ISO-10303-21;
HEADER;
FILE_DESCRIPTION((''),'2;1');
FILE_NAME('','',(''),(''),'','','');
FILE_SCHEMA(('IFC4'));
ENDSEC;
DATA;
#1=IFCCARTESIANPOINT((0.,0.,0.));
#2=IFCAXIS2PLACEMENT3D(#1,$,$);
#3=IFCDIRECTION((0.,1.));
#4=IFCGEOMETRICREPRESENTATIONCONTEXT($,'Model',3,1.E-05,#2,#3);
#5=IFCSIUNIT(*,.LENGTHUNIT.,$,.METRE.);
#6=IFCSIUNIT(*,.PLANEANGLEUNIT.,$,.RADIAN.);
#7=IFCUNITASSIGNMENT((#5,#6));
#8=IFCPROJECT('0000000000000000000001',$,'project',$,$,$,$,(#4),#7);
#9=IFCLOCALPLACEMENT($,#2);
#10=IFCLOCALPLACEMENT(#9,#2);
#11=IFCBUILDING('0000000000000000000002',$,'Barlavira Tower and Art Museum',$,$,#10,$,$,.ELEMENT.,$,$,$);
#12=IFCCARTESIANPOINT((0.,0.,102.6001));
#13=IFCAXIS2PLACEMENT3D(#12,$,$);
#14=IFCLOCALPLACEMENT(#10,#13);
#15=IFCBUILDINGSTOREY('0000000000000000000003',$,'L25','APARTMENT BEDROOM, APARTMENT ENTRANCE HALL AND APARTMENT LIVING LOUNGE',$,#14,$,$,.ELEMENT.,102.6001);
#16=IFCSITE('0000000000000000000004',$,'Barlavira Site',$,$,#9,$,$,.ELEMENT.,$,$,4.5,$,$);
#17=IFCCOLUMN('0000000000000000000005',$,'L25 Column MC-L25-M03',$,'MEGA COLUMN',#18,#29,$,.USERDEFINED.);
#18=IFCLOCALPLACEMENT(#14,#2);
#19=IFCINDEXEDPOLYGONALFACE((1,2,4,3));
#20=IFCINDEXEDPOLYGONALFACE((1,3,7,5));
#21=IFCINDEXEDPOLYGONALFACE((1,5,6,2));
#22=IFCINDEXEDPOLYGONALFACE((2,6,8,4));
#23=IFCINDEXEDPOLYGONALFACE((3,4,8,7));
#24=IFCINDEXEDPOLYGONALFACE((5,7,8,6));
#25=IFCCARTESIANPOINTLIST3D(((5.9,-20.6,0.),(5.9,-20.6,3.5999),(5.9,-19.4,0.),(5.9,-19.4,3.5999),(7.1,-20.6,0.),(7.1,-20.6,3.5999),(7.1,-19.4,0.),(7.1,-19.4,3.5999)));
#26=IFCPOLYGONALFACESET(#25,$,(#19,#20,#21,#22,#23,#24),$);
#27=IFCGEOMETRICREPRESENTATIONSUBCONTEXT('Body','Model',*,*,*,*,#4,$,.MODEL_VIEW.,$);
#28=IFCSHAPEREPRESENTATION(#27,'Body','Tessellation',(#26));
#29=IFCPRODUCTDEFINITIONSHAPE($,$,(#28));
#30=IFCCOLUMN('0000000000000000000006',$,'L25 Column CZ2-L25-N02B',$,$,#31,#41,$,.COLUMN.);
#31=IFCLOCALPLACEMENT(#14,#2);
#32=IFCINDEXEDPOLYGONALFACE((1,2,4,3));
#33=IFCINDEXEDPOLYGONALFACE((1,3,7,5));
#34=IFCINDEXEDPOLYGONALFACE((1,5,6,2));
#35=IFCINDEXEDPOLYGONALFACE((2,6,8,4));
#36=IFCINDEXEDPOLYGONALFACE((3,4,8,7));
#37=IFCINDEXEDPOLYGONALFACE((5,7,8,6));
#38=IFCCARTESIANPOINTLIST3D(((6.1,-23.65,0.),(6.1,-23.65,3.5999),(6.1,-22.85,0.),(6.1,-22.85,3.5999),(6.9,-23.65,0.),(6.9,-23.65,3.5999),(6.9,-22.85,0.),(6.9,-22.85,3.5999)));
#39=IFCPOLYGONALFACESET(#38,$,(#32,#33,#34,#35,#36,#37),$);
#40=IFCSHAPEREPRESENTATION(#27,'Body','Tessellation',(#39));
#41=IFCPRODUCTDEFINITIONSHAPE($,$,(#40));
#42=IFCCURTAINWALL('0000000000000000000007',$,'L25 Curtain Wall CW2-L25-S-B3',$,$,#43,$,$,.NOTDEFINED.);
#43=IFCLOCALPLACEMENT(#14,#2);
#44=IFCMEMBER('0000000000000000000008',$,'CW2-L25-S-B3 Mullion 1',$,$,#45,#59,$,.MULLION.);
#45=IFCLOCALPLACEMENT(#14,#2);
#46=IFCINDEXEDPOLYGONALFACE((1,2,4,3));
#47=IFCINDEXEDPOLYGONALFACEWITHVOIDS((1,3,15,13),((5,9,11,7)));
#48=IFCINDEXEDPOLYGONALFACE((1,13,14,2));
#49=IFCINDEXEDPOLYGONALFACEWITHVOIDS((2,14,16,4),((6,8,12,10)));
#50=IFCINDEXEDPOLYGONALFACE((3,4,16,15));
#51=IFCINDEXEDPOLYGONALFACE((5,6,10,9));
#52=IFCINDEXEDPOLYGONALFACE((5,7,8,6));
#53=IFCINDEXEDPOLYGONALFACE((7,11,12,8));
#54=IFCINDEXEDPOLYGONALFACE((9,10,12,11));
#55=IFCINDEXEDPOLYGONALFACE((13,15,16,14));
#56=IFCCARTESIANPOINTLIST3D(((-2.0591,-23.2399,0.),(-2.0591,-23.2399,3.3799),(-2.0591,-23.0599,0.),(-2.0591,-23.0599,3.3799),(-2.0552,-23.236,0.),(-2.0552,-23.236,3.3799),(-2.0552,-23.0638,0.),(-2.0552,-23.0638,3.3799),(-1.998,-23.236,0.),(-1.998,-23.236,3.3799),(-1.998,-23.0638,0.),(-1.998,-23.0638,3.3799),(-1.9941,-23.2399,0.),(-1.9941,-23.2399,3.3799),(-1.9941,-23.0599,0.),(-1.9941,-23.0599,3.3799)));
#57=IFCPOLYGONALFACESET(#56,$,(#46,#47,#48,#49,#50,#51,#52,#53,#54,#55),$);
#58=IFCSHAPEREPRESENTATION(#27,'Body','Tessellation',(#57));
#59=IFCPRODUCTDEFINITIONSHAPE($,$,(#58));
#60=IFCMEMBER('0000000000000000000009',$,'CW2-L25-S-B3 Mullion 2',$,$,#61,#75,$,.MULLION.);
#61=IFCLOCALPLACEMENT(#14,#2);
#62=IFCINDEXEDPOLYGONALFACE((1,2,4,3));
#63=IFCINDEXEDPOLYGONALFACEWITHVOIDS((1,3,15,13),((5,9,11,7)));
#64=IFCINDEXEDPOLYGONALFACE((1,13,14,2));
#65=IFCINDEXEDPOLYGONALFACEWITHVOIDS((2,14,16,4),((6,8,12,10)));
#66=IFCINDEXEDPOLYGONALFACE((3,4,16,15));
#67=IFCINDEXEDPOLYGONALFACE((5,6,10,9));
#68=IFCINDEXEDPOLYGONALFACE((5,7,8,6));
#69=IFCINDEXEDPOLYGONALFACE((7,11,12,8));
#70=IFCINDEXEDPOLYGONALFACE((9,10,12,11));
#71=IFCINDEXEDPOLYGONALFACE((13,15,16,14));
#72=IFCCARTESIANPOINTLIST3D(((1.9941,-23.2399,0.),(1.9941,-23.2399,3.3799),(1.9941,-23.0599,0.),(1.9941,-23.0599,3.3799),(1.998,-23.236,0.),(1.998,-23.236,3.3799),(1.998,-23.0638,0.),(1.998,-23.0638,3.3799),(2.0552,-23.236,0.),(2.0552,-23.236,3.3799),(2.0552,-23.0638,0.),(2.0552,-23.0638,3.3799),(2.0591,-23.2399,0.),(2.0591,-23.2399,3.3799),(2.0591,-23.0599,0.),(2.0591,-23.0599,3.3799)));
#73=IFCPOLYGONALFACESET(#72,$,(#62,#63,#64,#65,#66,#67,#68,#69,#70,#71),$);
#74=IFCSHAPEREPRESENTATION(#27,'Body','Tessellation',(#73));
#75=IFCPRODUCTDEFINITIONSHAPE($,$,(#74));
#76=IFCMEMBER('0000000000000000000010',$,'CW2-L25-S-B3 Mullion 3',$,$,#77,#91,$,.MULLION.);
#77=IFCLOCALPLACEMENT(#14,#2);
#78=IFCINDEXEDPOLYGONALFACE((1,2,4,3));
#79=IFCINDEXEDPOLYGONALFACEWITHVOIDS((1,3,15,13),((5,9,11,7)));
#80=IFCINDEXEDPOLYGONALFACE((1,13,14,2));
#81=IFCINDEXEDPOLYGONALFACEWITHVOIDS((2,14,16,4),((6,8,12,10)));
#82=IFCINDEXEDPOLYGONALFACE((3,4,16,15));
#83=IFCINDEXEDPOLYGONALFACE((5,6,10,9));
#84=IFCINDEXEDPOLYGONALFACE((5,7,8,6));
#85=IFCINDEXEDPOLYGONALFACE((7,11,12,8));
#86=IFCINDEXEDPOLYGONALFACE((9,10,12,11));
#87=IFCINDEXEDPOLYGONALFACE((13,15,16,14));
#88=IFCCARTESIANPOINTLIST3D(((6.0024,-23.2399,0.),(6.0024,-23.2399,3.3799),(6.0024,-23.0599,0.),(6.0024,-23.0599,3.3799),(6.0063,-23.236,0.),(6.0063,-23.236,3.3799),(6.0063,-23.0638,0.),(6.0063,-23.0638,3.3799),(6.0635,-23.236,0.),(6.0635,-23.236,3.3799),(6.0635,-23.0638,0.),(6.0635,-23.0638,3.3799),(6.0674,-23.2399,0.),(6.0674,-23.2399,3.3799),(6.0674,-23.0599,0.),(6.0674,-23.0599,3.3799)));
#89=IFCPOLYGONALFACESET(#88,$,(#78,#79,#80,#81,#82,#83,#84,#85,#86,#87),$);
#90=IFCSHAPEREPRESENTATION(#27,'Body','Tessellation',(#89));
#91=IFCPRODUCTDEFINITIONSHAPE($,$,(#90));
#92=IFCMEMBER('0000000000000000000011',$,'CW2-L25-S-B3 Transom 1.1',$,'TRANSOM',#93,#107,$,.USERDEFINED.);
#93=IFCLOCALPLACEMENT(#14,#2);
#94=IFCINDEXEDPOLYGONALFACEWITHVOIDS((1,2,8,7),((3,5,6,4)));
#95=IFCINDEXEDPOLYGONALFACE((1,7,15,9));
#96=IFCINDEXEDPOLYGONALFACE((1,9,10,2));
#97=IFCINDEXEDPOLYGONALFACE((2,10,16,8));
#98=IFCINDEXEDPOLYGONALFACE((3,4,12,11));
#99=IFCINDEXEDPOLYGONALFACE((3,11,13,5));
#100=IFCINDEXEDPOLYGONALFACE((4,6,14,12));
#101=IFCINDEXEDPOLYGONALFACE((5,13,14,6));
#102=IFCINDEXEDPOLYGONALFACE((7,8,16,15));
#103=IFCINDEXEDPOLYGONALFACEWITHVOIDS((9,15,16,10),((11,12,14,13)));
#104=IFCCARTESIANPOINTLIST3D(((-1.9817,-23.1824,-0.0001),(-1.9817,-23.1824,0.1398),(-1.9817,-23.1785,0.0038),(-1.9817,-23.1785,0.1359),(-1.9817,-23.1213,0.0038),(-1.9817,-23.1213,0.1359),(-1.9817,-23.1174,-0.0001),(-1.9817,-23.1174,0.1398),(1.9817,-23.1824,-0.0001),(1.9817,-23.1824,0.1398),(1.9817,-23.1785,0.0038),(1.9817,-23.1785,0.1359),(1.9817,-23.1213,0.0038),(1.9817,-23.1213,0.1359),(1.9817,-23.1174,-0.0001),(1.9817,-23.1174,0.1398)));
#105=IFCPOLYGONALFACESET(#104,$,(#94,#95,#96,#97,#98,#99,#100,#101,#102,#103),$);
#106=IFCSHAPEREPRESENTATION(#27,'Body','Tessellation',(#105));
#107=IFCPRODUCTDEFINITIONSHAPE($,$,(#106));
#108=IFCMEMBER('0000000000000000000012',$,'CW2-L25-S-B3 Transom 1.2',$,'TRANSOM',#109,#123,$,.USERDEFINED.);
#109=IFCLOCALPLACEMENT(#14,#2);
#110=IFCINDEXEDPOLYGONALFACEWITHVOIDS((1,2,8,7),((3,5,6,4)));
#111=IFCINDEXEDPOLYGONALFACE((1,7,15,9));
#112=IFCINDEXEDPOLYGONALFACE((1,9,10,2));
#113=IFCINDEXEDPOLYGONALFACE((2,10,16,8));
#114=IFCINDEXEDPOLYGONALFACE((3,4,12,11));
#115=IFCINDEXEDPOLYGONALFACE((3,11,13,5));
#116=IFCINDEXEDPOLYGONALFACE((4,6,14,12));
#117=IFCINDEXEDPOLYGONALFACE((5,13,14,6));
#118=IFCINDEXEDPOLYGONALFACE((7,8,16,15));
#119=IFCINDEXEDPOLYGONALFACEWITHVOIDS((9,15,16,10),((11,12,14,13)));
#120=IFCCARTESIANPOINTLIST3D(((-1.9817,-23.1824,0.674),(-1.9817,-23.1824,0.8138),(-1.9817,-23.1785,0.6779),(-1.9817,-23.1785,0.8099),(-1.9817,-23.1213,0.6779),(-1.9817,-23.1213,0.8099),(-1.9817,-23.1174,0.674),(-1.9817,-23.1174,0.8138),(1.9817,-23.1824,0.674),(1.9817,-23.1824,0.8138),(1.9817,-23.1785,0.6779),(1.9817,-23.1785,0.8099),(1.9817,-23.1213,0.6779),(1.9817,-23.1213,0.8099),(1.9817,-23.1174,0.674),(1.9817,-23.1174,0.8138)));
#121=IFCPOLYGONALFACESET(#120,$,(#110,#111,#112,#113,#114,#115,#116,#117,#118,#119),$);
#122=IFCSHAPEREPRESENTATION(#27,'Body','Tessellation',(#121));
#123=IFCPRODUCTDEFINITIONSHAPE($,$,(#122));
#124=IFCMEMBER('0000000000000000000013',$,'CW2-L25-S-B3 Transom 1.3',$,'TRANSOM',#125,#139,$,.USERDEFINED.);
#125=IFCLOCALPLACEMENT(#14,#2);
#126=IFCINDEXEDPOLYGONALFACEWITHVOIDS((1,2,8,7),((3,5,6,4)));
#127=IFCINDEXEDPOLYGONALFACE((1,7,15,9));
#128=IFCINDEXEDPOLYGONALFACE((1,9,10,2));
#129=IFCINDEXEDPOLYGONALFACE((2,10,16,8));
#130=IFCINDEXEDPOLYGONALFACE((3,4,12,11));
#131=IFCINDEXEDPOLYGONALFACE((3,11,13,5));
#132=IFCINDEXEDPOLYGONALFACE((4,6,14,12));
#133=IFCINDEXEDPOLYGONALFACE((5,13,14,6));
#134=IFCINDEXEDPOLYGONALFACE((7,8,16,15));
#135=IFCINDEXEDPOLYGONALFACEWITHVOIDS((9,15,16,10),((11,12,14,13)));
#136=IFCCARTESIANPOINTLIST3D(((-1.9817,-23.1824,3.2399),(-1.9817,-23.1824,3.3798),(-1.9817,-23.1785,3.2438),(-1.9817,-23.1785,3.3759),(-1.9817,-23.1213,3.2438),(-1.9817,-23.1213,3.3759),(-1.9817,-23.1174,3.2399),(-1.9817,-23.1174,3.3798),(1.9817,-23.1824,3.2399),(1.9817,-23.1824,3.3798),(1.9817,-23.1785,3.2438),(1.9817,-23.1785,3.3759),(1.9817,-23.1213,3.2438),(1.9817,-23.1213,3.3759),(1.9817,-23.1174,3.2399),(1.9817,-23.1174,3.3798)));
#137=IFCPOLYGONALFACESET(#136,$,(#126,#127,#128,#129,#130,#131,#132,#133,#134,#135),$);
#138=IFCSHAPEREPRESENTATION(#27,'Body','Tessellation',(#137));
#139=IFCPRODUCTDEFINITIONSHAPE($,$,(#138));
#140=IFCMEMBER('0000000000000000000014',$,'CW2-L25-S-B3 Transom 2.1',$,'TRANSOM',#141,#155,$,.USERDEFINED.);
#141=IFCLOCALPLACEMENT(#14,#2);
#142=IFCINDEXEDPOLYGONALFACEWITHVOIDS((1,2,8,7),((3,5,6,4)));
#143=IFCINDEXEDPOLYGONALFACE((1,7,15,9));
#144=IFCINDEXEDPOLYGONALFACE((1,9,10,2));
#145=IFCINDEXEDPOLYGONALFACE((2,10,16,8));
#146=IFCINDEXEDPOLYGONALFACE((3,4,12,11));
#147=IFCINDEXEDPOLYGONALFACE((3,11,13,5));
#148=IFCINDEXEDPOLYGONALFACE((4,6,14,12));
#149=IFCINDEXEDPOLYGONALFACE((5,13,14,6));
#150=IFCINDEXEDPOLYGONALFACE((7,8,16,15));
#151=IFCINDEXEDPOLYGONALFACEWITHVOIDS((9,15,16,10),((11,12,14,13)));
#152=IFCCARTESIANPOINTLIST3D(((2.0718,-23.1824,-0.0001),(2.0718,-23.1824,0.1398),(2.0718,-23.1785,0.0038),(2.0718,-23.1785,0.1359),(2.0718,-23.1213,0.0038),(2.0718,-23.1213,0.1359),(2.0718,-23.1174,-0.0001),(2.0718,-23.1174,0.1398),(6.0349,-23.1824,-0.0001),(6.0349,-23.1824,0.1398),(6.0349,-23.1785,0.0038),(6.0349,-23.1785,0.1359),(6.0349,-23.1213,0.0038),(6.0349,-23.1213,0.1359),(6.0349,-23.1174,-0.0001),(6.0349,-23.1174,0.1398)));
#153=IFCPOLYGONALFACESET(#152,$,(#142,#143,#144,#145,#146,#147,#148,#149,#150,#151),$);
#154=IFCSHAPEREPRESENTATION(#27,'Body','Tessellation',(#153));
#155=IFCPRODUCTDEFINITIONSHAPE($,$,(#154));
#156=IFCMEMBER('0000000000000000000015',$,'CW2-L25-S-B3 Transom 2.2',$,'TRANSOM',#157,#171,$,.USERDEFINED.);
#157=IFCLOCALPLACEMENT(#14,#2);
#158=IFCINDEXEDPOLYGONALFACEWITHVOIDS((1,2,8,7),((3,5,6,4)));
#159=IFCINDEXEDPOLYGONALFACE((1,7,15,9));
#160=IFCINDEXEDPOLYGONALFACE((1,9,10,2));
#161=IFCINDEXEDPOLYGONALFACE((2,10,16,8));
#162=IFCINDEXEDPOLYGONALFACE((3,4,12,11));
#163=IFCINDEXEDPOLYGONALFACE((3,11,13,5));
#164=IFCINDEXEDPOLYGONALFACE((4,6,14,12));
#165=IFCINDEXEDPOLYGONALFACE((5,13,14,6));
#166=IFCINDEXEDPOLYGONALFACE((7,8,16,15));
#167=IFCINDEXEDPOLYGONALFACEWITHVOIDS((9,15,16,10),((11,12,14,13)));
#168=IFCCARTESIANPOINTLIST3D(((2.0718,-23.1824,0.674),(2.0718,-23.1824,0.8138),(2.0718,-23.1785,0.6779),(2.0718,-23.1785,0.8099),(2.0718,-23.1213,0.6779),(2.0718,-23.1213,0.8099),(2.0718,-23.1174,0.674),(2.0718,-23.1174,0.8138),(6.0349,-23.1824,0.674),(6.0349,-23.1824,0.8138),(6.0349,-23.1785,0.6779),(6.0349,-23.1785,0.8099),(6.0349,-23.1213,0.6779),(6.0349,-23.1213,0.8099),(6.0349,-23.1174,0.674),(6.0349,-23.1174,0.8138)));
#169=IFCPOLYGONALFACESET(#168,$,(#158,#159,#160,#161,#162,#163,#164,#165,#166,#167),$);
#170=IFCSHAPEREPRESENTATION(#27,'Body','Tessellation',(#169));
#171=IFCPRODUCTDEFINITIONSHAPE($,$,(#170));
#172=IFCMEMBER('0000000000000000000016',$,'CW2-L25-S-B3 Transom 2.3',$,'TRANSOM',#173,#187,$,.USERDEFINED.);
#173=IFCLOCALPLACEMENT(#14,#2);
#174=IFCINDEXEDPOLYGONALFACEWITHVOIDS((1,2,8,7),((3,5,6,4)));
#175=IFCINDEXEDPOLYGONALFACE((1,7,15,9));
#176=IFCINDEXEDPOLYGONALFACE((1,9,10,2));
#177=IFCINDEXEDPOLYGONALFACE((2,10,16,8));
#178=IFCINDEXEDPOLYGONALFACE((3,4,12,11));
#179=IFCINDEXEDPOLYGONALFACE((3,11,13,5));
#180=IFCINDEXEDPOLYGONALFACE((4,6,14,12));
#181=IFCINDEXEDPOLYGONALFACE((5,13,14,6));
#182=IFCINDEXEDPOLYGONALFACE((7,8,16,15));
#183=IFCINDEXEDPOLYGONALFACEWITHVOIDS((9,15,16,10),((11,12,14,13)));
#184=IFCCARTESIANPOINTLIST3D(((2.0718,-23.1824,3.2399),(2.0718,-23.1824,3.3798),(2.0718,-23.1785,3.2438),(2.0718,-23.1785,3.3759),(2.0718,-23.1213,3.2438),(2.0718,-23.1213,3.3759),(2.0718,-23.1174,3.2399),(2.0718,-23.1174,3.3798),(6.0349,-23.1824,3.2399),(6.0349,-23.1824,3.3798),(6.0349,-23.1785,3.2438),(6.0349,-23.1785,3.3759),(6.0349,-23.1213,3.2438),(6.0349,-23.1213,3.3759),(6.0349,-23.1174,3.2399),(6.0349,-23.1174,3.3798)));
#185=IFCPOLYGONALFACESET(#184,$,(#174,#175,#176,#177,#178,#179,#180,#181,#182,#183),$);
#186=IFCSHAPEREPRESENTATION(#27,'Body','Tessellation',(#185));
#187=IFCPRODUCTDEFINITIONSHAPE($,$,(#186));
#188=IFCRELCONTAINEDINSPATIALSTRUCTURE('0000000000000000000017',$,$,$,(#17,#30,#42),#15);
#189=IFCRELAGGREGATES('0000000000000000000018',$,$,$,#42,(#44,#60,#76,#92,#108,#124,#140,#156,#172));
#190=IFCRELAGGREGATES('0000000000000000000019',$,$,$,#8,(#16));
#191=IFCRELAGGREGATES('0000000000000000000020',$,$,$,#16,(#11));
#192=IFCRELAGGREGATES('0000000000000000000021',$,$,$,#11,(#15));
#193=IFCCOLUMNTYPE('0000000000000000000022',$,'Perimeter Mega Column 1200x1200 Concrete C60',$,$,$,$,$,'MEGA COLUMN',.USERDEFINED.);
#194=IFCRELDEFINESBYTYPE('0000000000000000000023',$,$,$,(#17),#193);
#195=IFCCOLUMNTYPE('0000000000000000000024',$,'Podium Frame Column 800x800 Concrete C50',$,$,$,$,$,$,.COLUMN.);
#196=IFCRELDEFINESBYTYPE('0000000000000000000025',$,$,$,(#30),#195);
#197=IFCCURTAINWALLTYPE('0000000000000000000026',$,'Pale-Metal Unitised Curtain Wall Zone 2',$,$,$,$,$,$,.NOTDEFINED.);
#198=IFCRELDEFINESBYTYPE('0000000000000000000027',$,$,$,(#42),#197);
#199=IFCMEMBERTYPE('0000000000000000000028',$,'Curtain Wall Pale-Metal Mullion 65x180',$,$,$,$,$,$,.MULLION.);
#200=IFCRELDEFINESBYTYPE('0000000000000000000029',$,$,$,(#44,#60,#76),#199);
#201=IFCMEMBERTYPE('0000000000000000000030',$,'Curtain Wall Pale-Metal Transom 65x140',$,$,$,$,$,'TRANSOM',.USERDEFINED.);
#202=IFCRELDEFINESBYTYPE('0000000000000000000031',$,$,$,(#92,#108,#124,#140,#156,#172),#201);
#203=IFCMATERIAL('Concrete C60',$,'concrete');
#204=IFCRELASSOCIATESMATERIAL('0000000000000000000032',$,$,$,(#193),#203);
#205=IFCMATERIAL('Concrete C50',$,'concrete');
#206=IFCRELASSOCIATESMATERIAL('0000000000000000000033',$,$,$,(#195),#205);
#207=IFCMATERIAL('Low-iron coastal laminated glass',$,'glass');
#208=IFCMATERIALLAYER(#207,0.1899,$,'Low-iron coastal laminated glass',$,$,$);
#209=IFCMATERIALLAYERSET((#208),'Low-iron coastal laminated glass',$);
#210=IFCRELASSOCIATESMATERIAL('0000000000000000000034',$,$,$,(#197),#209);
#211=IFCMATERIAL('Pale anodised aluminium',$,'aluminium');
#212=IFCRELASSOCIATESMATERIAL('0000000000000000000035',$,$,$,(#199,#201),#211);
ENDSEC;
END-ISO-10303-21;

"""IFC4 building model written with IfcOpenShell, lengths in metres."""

from ifc_helpers import new_model, si_unit, direction, frame, origin, origin_2d, place, context, subcontext, project, spatial, rectangle, hollow_rectangle, extrude, material, layer, layer_set, material_profile, profile_set, type_object, element, aggregate, save


model = new_model("IFC4")

# Units and contexts
model_context = context("Model", 3, precision=1e-05, world=origin(), true_north=direction((0.0, 1.0)))
body_context = subcontext(model_context, "Body", "Model", "MODEL_VIEW")
ifc_project = project(units=[si_unit("LENGTHUNIT", "METRE"), si_unit("PLANEANGLEUNIT", "RADIAN")], contexts=[model_context])

# Site, building, storey
site_placement = place(None, origin())
site = spatial("IfcSite", under=ifc_project, at=site_placement, Name="Barlavira Site", CompositionType="ELEMENT", RefElevation=4.5)
building_placement = place(site_placement, origin())
building = spatial("IfcBuilding", under=site, at=building_placement, Name="Barlavira Tower and Art Museum", CompositionType="ELEMENT")
storey_placement = place(building_placement, frame((0.0, 0.0, 102.6001)))
storey = spatial("IfcBuildingStorey", under=building, at=storey_placement, Name="L25", Description="APARTMENT BEDROOM, APARTMENT ENTRANCE HALL AND APARTMENT LIVING LOUNGE", CompositionType="ELEMENT", Elevation=102.6001)

# Columns
ifc_material_1 = material(Name="Concrete C60", Category="concrete")
ifc_material_profile_1 = material_profile(ifc_material_1, rectangle(XDim=1.2, YDim=1.2, at=origin_2d()), Name="RC-COL 1200x1200")
ifc_profile_set_1 = profile_set([ifc_material_profile_1], Name="Concrete C60")
column_type_1 = type_object("IfcColumnType", Name="Perimeter Mega Column 1200x1200 Concrete C60", ElementType="MEGA COLUMN", PredefinedType="USERDEFINED", material=ifc_profile_set_1)
column_1_placement = place(storey_placement, frame((6.5, -20.0, 0.0), z_axis=(0.0, 0.0, 1.0), x_axis=(1.0, 0.0, 0.0)))
element("IfcColumn", 1, at=column_1_placement, inside=storey, type_object=column_type_1, Name="L25 Column MC-L25-M03", ObjectType="MEGA COLUMN", PredefinedType="USERDEFINED", context=body_context, shape_type="SweptSolid", body=[
    extrude(rectangle(XDim=1.2, YDim=1.2, at=origin_2d()), origin(), (0.0, 0.0, 1.0), 3.5999),
])
ifc_material_2 = material(Name="Concrete C50", Category="concrete")
ifc_material_profile_2 = material_profile(ifc_material_2, rectangle(XDim=0.8, YDim=0.8, at=origin_2d()), Name="RC-COL 800x800")
ifc_profile_set_2 = profile_set([ifc_material_profile_2], Name="Concrete C50")
column_type_2 = type_object("IfcColumnType", Name="Podium Frame Column 800x800 Concrete C50", PredefinedType="COLUMN", material=ifc_profile_set_2)
column_2_placement = place(storey_placement, frame((6.5, -23.25, 0.0), z_axis=(0.0, 0.0, 1.0), x_axis=(1.0, 0.0, 0.0)))
element("IfcColumn", 2, at=column_2_placement, inside=storey, type_object=column_type_2, Name="L25 Column CZ2-L25-N02B", PredefinedType="COLUMN", context=body_context, shape_type="SweptSolid", body=[
    extrude(rectangle(XDim=0.8, YDim=0.8, at=origin_2d()), origin(), (0.0, 0.0, 1.0), 3.5999),
])

# Curtain wall, members
ifc_material_3 = material(Name="Low-iron coastal laminated glass", Category="glass")
ifc_layer_1 = layer(ifc_material_3, 0.1899, Name="Low-iron coastal laminated glass")
ifc_layer_set_1 = layer_set([ifc_layer_1], Name="Low-iron coastal laminated glass")
curtain_wall_type = type_object("IfcCurtainWallType", Name="Pale-Metal Unitised Curtain Wall Zone 2", PredefinedType="NOTDEFINED", material=ifc_layer_set_1)
curtain_wall_placement = place(storey_placement, origin())
curtain_wall = element("IfcCurtainWall", 3, at=curtain_wall_placement, inside=storey, type_object=curtain_wall_type, Name="L25 Curtain Wall CW2-L25-S-B3", PredefinedType="NOTDEFINED")
ifc_material_4 = material(Name="Pale anodised aluminium", Category="aluminium")
ifc_material_profile_3 = material_profile(ifc_material_4, hollow_rectangle(XDim=0.0649, YDim=0.1799, WallThickness=0.0039, at=origin_2d()), Name="ALU-MULL 65x180x4")
ifc_profile_set_3 = profile_set([ifc_material_profile_3], Name="Pale anodised aluminium")
member_type_1 = type_object("IfcMemberType", Name="Curtain Wall Pale-Metal Mullion 65x180", PredefinedType="MULLION", material=ifc_profile_set_3)
member_1_placement = place(storey_placement, frame((-2.0266, -23.1499, 0.0), z_axis=(0.0, 0.0, 1.0), x_axis=(1.0, 0.0, 0.0)))
member_1 = element("IfcMember", 4, at=member_1_placement, type_object=member_type_1, Name="CW2-L25-S-B3 Mullion 1", PredefinedType="MULLION", context=body_context, shape_type="SweptSolid", body=[
    extrude(hollow_rectangle(XDim=0.0649, YDim=0.1799, WallThickness=0.0039, at=origin_2d()), origin(), (0.0, 0.0, 1.0), 3.3799),
])
member_2_placement = place(storey_placement, frame((2.0266, -23.1499, 0.0), z_axis=(0.0, 0.0, 1.0), x_axis=(1.0, 0.0, 0.0)))
member_2 = element("IfcMember", 5, at=member_2_placement, type_object=member_type_1, Name="CW2-L25-S-B3 Mullion 2", PredefinedType="MULLION", context=body_context, shape_type="SweptSolid", body=[
    extrude(hollow_rectangle(XDim=0.0649, YDim=0.1799, WallThickness=0.0039, at=origin_2d()), origin(), (0.0, 0.0, 1.0), 3.3799),
])
member_3_placement = place(storey_placement, frame((6.0349, -23.1499, 0.0), z_axis=(0.0, 0.0, 1.0), x_axis=(1.0, 0.0, 0.0)))
member_3 = element("IfcMember", 6, at=member_3_placement, type_object=member_type_1, Name="CW2-L25-S-B3 Mullion 3", PredefinedType="MULLION", context=body_context, shape_type="SweptSolid", body=[
    extrude(hollow_rectangle(XDim=0.0649, YDim=0.1799, WallThickness=0.0039, at=origin_2d()), origin(), (0.0, 0.0, 1.0), 3.3799),
])
ifc_material_profile_4 = material_profile(ifc_material_4, hollow_rectangle(XDim=0.0649, YDim=0.1399, WallThickness=0.0039, at=origin_2d()), Name="ALU-TRAN 65x140x4")
ifc_profile_set_4 = profile_set([ifc_material_profile_4], Name="Pale anodised aluminium")
member_type_2 = type_object("IfcMemberType", Name="Curtain Wall Pale-Metal Transom 65x140", ElementType="TRANSOM", PredefinedType="USERDEFINED", material=ifc_profile_set_4)
member_4_placement = place(storey_placement, frame((-1.9817, -23.1499, 0.0698), z_axis=(1.0, 0.0, 0.0), x_axis=(0.0, 1.0, 0.0)))
member_4 = element("IfcMember", 7, at=member_4_placement, type_object=member_type_2, Name="CW2-L25-S-B3 Transom 1.1", ObjectType="TRANSOM", PredefinedType="USERDEFINED", context=body_context, shape_type="SweptSolid", body=[
    extrude(hollow_rectangle(XDim=0.0649, YDim=0.1399, WallThickness=0.0039, at=origin_2d()), origin(), (0.0, 0.0, 1.0), 3.9634),
])
member_5_placement = place(storey_placement, frame((-1.9817, -23.1499, 0.7439), z_axis=(1.0, 0.0, 0.0), x_axis=(0.0, 1.0, 0.0)))
member_5 = element("IfcMember", 8, at=member_5_placement, type_object=member_type_2, Name="CW2-L25-S-B3 Transom 1.2", ObjectType="TRANSOM", PredefinedType="USERDEFINED", context=body_context, shape_type="SweptSolid", body=[
    extrude(hollow_rectangle(XDim=0.0649, YDim=0.1399, WallThickness=0.0039, at=origin_2d()), origin(), (0.0, 0.0, 1.0), 3.9634),
])
member_6_placement = place(storey_placement, frame((-1.9817, -23.1499, 3.3098), z_axis=(1.0, 0.0, 0.0), x_axis=(0.0, 1.0, 0.0)))
member_6 = element("IfcMember", 9, at=member_6_placement, type_object=member_type_2, Name="CW2-L25-S-B3 Transom 1.3", ObjectType="TRANSOM", PredefinedType="USERDEFINED", context=body_context, shape_type="SweptSolid", body=[
    extrude(hollow_rectangle(XDim=0.0649, YDim=0.1399, WallThickness=0.0039, at=origin_2d()), origin(), (0.0, 0.0, 1.0), 3.9634),
])
member_7_placement = place(storey_placement, frame((2.0718, -23.1499, 0.0698), z_axis=(1.0, 0.0, 0.0), x_axis=(0.0, 1.0, 0.0)))
member_7 = element("IfcMember", 10, at=member_7_placement, type_object=member_type_2, Name="CW2-L25-S-B3 Transom 2.1", ObjectType="TRANSOM", PredefinedType="USERDEFINED", context=body_context, shape_type="SweptSolid", body=[
    extrude(hollow_rectangle(XDim=0.0649, YDim=0.1399, WallThickness=0.0039, at=origin_2d()), origin(), (0.0, 0.0, 1.0), 3.9631),
])
member_8_placement = place(storey_placement, frame((2.0718, -23.1499, 0.7439), z_axis=(1.0, 0.0, 0.0), x_axis=(0.0, 1.0, 0.0)))
member_8 = element("IfcMember", 11, at=member_8_placement, type_object=member_type_2, Name="CW2-L25-S-B3 Transom 2.2", ObjectType="TRANSOM", PredefinedType="USERDEFINED", context=body_context, shape_type="SweptSolid", body=[
    extrude(hollow_rectangle(XDim=0.0649, YDim=0.1399, WallThickness=0.0039, at=origin_2d()), origin(), (0.0, 0.0, 1.0), 3.9631),
])
member_9_placement = place(storey_placement, frame((2.0718, -23.1499, 3.3098), z_axis=(1.0, 0.0, 0.0), x_axis=(0.0, 1.0, 0.0)))
member_9 = element("IfcMember", 12, at=member_9_placement, type_object=member_type_2, Name="CW2-L25-S-B3 Transom 2.3", ObjectType="TRANSOM", PredefinedType="USERDEFINED", context=body_context, shape_type="SweptSolid", body=[
    extrude(hollow_rectangle(XDim=0.0649, YDim=0.1399, WallThickness=0.0039, at=origin_2d()), origin(), (0.0, 0.0, 1.0), 3.9631),
])

aggregate(curtain_wall, [member_1, member_2, member_3, member_4, member_5, member_6, member_7, member_8, member_9])

save(model, "model.ifc")
